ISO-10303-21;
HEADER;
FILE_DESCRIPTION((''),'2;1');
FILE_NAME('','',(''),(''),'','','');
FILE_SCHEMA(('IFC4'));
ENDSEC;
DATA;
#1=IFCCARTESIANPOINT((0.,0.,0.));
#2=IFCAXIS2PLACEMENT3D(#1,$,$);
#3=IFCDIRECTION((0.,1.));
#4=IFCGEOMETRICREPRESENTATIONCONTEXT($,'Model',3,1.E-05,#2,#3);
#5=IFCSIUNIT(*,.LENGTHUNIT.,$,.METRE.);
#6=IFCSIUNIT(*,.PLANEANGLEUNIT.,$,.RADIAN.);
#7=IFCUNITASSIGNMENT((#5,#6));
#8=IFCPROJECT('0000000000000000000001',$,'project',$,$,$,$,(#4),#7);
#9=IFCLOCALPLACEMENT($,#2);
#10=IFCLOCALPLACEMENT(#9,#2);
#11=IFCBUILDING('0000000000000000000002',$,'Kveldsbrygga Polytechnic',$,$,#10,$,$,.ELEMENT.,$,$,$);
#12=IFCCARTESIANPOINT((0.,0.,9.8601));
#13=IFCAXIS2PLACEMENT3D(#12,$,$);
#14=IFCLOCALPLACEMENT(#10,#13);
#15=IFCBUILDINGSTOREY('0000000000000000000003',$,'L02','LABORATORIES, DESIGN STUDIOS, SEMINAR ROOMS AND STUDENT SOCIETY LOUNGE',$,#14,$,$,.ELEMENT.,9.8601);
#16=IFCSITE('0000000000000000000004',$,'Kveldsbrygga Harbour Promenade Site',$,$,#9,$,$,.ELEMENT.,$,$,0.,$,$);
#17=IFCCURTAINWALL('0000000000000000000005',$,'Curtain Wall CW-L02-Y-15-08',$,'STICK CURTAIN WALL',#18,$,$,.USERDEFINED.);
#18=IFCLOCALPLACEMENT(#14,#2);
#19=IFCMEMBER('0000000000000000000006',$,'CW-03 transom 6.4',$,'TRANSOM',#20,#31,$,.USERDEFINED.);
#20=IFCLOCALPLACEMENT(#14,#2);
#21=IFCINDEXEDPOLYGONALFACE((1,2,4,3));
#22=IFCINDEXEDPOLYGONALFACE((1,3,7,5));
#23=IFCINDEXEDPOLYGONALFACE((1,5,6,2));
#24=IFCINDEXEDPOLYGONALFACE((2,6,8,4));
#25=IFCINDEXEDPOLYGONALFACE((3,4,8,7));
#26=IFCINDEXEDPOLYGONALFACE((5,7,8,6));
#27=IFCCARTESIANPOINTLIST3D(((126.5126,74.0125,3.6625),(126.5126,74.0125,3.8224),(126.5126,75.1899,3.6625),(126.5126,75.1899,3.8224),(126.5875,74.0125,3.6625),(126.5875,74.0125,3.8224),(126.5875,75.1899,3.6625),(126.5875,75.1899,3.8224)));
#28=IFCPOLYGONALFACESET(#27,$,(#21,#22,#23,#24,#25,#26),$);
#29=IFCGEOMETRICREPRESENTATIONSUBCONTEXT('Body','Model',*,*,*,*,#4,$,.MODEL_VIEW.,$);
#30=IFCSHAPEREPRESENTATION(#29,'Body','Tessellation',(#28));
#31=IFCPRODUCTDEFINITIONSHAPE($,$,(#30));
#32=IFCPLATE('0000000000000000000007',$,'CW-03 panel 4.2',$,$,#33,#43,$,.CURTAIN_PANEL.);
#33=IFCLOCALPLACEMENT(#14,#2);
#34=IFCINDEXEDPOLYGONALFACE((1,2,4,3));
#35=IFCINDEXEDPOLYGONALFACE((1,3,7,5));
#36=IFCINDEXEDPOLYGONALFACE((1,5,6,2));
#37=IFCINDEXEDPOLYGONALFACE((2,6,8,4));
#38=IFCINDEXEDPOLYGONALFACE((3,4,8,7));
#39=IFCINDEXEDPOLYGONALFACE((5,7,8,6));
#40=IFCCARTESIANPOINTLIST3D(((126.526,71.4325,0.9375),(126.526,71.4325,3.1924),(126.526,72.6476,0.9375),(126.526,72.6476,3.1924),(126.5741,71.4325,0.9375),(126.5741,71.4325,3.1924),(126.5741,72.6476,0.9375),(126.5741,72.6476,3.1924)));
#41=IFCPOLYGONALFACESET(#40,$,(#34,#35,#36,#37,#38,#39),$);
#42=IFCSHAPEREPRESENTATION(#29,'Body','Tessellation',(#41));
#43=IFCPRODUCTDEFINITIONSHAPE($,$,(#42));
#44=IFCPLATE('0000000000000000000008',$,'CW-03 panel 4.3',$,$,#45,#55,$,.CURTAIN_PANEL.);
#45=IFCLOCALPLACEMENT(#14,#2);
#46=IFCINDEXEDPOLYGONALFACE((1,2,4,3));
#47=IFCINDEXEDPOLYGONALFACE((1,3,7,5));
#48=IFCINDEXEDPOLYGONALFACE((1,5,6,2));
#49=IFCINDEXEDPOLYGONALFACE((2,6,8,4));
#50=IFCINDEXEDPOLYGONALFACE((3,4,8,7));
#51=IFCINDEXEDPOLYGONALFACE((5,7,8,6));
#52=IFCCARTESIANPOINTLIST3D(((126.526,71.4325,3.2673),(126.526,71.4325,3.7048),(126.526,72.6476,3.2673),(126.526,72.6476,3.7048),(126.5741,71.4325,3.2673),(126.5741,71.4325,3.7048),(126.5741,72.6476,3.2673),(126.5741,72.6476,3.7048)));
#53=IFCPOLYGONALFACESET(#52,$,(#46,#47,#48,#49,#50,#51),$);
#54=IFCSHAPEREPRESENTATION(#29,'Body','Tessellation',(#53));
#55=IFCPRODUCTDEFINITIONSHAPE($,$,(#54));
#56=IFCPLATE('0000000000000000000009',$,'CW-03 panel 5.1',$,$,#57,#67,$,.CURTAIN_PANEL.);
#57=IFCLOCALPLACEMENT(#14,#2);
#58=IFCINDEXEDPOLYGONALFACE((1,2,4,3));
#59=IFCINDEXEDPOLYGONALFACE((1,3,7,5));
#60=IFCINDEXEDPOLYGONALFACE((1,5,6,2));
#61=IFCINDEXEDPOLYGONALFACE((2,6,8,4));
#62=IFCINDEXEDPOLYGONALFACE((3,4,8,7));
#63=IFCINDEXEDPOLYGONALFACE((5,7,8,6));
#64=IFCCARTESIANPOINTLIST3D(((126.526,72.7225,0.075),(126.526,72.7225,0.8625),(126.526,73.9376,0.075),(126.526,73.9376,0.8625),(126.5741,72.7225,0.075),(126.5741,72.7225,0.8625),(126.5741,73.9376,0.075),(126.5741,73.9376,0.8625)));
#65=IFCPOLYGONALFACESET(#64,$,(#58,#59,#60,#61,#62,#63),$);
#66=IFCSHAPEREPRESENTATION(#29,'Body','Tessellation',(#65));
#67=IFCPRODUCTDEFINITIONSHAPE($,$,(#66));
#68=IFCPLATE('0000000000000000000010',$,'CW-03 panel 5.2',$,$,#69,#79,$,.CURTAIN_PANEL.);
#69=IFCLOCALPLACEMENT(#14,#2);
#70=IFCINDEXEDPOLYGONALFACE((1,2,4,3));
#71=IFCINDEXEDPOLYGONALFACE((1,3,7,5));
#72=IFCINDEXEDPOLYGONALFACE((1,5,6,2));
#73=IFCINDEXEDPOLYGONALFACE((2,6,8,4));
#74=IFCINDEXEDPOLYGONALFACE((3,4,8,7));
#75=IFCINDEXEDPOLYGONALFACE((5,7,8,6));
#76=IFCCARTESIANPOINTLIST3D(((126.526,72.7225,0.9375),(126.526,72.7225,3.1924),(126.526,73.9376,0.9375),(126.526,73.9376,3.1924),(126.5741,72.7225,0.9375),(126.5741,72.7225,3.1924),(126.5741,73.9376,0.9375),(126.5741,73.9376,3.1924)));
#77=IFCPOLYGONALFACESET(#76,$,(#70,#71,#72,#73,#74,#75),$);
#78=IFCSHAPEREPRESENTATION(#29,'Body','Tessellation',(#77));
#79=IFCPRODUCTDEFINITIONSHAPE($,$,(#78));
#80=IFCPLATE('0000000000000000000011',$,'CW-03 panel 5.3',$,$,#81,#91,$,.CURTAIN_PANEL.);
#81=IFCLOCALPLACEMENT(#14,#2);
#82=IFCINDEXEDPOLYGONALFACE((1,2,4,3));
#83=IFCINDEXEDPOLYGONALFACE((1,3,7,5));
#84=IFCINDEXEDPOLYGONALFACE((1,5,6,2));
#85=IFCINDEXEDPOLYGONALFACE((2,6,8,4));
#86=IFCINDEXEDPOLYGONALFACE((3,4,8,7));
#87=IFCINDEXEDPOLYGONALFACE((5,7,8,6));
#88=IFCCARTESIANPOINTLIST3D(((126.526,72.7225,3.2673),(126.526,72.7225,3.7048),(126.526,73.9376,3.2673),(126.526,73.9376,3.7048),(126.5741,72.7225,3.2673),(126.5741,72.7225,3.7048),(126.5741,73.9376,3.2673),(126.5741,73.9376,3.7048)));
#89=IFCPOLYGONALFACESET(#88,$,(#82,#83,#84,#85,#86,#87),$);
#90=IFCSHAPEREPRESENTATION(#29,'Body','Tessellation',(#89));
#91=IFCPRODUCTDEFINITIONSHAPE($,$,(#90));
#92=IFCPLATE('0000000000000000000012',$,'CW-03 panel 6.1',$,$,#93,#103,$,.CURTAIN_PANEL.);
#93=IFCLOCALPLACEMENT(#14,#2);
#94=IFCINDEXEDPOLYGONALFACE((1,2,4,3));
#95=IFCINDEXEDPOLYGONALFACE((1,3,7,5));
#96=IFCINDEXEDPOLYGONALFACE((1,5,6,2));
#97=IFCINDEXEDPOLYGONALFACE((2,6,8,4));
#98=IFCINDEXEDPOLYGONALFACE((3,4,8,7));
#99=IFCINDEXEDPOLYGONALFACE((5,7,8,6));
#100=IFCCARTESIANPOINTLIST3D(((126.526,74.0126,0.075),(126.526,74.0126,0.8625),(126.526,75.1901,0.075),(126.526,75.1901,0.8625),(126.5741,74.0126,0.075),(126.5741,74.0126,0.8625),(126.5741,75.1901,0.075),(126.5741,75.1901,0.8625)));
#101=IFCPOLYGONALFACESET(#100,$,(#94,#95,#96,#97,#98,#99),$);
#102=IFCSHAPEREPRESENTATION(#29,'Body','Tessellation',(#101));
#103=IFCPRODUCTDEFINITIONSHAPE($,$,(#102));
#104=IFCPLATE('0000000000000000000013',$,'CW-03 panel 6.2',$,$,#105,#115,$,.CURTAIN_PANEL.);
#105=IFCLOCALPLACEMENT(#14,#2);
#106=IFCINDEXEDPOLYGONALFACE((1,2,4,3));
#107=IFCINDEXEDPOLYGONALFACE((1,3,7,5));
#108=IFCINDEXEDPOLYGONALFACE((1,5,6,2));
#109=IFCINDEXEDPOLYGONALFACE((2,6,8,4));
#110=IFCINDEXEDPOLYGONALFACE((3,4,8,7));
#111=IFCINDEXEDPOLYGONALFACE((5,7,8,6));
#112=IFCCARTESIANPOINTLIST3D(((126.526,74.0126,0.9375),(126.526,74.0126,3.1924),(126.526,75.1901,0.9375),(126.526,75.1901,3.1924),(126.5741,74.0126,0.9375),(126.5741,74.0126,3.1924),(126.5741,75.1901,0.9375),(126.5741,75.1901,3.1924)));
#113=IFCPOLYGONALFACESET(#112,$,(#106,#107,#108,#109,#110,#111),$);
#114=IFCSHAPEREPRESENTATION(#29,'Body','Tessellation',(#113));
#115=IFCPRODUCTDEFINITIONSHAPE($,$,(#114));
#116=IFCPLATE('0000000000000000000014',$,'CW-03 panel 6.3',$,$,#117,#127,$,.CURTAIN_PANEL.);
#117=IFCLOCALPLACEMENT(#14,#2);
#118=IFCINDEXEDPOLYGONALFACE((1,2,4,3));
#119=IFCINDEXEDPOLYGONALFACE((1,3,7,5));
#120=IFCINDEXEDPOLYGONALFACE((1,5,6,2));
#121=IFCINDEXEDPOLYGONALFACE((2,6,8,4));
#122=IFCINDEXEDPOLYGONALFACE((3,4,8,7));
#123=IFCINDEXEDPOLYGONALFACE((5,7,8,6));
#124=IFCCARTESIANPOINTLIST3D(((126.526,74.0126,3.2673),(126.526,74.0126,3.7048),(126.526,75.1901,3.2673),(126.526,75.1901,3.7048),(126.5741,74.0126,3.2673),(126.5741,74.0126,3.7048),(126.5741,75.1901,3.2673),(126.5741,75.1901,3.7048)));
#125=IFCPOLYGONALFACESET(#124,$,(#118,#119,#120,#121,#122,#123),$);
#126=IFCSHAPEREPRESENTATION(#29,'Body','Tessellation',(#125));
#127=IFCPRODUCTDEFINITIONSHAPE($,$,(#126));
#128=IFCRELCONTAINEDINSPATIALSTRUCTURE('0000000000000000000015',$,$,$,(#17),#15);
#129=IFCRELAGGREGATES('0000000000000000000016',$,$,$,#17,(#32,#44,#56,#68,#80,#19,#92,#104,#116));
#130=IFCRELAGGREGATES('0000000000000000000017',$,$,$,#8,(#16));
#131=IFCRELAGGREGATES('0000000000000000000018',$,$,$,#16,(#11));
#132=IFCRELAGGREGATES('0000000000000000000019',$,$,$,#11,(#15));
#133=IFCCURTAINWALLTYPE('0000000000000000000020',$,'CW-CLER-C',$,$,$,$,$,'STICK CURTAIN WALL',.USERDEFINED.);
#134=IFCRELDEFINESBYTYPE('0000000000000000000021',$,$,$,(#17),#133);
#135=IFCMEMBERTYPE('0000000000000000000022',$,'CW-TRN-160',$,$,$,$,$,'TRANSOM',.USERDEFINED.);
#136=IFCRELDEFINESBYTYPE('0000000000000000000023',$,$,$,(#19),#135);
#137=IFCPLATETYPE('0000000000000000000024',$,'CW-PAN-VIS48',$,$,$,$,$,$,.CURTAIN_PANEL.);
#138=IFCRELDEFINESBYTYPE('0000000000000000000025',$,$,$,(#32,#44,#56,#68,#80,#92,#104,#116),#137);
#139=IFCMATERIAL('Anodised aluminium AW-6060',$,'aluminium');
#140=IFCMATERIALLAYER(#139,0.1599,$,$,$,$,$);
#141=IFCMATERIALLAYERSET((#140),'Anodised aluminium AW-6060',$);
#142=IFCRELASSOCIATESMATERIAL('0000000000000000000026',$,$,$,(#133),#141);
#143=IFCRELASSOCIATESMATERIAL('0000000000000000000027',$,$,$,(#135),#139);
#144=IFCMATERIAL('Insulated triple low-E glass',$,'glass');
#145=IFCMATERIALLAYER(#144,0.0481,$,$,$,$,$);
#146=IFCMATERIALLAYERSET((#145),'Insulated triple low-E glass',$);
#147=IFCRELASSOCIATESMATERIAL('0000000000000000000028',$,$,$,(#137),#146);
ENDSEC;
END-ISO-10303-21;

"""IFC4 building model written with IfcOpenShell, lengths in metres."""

from ifc_helpers import new_model, si_unit, direction, frame, origin, origin_2d, place, context, subcontext, project, spatial, rectangle, extrude, material, layer, layer_set, material_profile, profile_set, type_object, element, aggregate, save


model = new_model("IFC4")

# Units and contexts
model_context = context("Model", 3, precision=1e-05, world=origin(), true_north=direction((0.0, 1.0)))
body_context = subcontext(model_context, "Body", "Model", "MODEL_VIEW")
ifc_project = project(units=[si_unit("LENGTHUNIT", "METRE"), si_unit("PLANEANGLEUNIT", "RADIAN")], contexts=[model_context])

# Site, building, storey
site_placement = place(None, origin())
site = spatial("IfcSite", under=ifc_project, at=site_placement, Name="Kveldsbrygga Harbour Promenade Site", CompositionType="ELEMENT", RefElevation=0.0)
building_placement = place(site_placement, origin())
building = spatial("IfcBuilding", under=site, at=building_placement, Name="Kveldsbrygga Polytechnic", CompositionType="ELEMENT")
storey_placement = place(building_placement, frame((0.0, 0.0, 9.8601)))
storey = spatial("IfcBuildingStorey", under=building, at=storey_placement, Name="L02", Description="LABORATORIES, DESIGN STUDIOS, SEMINAR ROOMS AND STUDENT SOCIETY LOUNGE", CompositionType="ELEMENT", Elevation=9.8601)

# Curtain wall
ifc_material_1 = material(Name="Anodised aluminium AW-6060", Category="aluminium")
ifc_layer_1 = layer(ifc_material_1, 0.1599)
ifc_layer_set_1 = layer_set([ifc_layer_1], Name="Anodised aluminium AW-6060")
curtain_wall_type_1 = type_object("IfcCurtainWallType", Name="CW-CLER-C", ElementType="STICK CURTAIN WALL", PredefinedType="USERDEFINED", material=ifc_layer_set_1)
curtain_wall_1_placement = place(storey_placement, origin())
curtain_wall_1 = element("IfcCurtainWall", 1, at=curtain_wall_1_placement, inside=storey, type_object=curtain_wall_type_1, Name="Curtain Wall CW-L02-Y-15-08", ObjectType="STICK CURTAIN WALL", PredefinedType="USERDEFINED")

# Member
ifc_material_profile_1 = material_profile(ifc_material_1, rectangle(XDim=0.075, YDim=0.1599, at=origin_2d()), Name="ALU 75x160")
ifc_profile_set_1 = profile_set([ifc_material_profile_1], Name="Anodised aluminium AW-6060")
member_type_1 = type_object("IfcMemberType", Name="CW-TRN-160", ElementType="TRANSOM", PredefinedType="USERDEFINED", material=ifc_profile_set_1)
member_1_placement = place(storey_placement, frame((126.55, 74.0125, 3.7424), z_axis=(0.0, 1.0, 0.0), x_axis=(-1.0, 0.0, 0.0)))
member_1 = element("IfcMember", 2, at=member_1_placement, type_object=member_type_1, Name="CW-03 transom 6.4", ObjectType="TRANSOM", PredefinedType="USERDEFINED", context=body_context, shape_type="SweptSolid", body=[
    extrude(rectangle(XDim=0.075, YDim=0.1599, at=origin_2d()), origin(), (0.0, 0.0, 1.0), 1.1775),
])

# Plates
ifc_material_2 = material(Name="Insulated triple low-E glass", Category="glass")
ifc_layer_2 = layer(ifc_material_2, 0.0481)
ifc_layer_set_2 = layer_set([ifc_layer_2], Name="Insulated triple low-E glass")
plate_type = type_object("IfcPlateType", Name="CW-PAN-VIS48", PredefinedType="CURTAIN_PANEL", material=ifc_layer_set_2)
plate_1_placement = place(storey_placement, frame((126.55, 72.04, 0.9375), z_axis=(0.0, 0.0, 1.0), x_axis=(0.0, 1.0, 0.0)))
plate_1 = element("IfcPlate", 3, at=plate_1_placement, type_object=plate_type, Name="CW-03 panel 4.2", PredefinedType="CURTAIN_PANEL", context=body_context, shape_type="SweptSolid", body=[
    extrude(rectangle(XDim=1.2151, YDim=0.0481, at=origin_2d()), origin(), (0.0, 0.0, 1.0), 2.2549),
])
plate_2_placement = place(storey_placement, frame((126.55, 72.04, 3.2673), z_axis=(0.0, 0.0, 1.0), x_axis=(0.0, 1.0, 0.0)))
plate_2 = element("IfcPlate", 4, at=plate_2_placement, type_object=plate_type, Name="CW-03 panel 4.3", PredefinedType="CURTAIN_PANEL", context=body_context, shape_type="SweptSolid", body=[
    extrude(rectangle(XDim=1.2151, YDim=0.0481, at=origin_2d()), origin(), (0.0, 0.0, 1.0), 0.4375),
])
plate_3_placement = place(storey_placement, frame((126.55, 73.3301, 0.075), z_axis=(0.0, 0.0, 1.0), x_axis=(0.0, 1.0, 0.0)))
plate_3 = element("IfcPlate", 5, at=plate_3_placement, type_object=plate_type, Name="CW-03 panel 5.1", PredefinedType="CURTAIN_PANEL", context=body_context, shape_type="SweptSolid", body=[
    extrude(rectangle(XDim=1.2151, YDim=0.0481, at=origin_2d()), origin(), (0.0, 0.0, 1.0), 0.7876),
])
plate_4_placement = place(storey_placement, frame((126.55, 73.3301, 0.9375), z_axis=(0.0, 0.0, 1.0), x_axis=(0.0, 1.0, 0.0)))
plate_4 = element("IfcPlate", 6, at=plate_4_placement, type_object=plate_type, Name="CW-03 panel 5.2", PredefinedType="CURTAIN_PANEL", context=body_context, shape_type="SweptSolid", body=[
    extrude(rectangle(XDim=1.2151, YDim=0.0481, at=origin_2d()), origin(), (0.0, 0.0, 1.0), 2.2549),
])
plate_5_placement = place(storey_placement, frame((126.55, 73.3301, 3.2673), z_axis=(0.0, 0.0, 1.0), x_axis=(0.0, 1.0, 0.0)))
plate_5 = element("IfcPlate", 7, at=plate_5_placement, type_object=plate_type, Name="CW-03 panel 5.3", PredefinedType="CURTAIN_PANEL", context=body_context, shape_type="SweptSolid", body=[
    extrude(rectangle(XDim=1.2151, YDim=0.0481, at=origin_2d()), origin(), (0.0, 0.0, 1.0), 0.4375),
])
plate_6_placement = place(storey_placement, frame((126.55, 74.6013, 0.075), z_axis=(0.0, 0.0, 1.0), x_axis=(0.0, 1.0, 0.0)))
plate_6 = element("IfcPlate", 8, at=plate_6_placement, type_object=plate_type, Name="CW-03 panel 6.1", PredefinedType="CURTAIN_PANEL", context=body_context, shape_type="SweptSolid", body=[
    extrude(rectangle(XDim=1.1775, YDim=0.0481, at=origin_2d()), origin(), (0.0, 0.0, 1.0), 0.7876),
])
plate_7_placement = place(storey_placement, frame((126.55, 74.6013, 0.9375), z_axis=(0.0, 0.0, 1.0), x_axis=(0.0, 1.0, 0.0)))
plate_7 = element("IfcPlate", 9, at=plate_7_placement, type_object=plate_type, Name="CW-03 panel 6.2", PredefinedType="CURTAIN_PANEL", context=body_context, shape_type="SweptSolid", body=[
    extrude(rectangle(XDim=1.1775, YDim=0.0481, at=origin_2d()), origin(), (0.0, 0.0, 1.0), 2.2549),
])
plate_8_placement = place(storey_placement, frame((126.55, 74.6013, 3.2673), z_axis=(0.0, 0.0, 1.0), x_axis=(0.0, 1.0, 0.0)))
plate_8 = element("IfcPlate", 10, at=plate_8_placement, type_object=plate_type, Name="CW-03 panel 6.3", PredefinedType="CURTAIN_PANEL", context=body_context, shape_type="SweptSolid", body=[
    extrude(rectangle(XDim=1.1775, YDim=0.0481, at=origin_2d()), origin(), (0.0, 0.0, 1.0), 0.4375),
])
aggregate(curtain_wall_1, [plate_1, plate_2, plate_3, plate_4, plate_5, member_1, plate_6, plate_7, plate_8])

save(model, "model.ifc")
